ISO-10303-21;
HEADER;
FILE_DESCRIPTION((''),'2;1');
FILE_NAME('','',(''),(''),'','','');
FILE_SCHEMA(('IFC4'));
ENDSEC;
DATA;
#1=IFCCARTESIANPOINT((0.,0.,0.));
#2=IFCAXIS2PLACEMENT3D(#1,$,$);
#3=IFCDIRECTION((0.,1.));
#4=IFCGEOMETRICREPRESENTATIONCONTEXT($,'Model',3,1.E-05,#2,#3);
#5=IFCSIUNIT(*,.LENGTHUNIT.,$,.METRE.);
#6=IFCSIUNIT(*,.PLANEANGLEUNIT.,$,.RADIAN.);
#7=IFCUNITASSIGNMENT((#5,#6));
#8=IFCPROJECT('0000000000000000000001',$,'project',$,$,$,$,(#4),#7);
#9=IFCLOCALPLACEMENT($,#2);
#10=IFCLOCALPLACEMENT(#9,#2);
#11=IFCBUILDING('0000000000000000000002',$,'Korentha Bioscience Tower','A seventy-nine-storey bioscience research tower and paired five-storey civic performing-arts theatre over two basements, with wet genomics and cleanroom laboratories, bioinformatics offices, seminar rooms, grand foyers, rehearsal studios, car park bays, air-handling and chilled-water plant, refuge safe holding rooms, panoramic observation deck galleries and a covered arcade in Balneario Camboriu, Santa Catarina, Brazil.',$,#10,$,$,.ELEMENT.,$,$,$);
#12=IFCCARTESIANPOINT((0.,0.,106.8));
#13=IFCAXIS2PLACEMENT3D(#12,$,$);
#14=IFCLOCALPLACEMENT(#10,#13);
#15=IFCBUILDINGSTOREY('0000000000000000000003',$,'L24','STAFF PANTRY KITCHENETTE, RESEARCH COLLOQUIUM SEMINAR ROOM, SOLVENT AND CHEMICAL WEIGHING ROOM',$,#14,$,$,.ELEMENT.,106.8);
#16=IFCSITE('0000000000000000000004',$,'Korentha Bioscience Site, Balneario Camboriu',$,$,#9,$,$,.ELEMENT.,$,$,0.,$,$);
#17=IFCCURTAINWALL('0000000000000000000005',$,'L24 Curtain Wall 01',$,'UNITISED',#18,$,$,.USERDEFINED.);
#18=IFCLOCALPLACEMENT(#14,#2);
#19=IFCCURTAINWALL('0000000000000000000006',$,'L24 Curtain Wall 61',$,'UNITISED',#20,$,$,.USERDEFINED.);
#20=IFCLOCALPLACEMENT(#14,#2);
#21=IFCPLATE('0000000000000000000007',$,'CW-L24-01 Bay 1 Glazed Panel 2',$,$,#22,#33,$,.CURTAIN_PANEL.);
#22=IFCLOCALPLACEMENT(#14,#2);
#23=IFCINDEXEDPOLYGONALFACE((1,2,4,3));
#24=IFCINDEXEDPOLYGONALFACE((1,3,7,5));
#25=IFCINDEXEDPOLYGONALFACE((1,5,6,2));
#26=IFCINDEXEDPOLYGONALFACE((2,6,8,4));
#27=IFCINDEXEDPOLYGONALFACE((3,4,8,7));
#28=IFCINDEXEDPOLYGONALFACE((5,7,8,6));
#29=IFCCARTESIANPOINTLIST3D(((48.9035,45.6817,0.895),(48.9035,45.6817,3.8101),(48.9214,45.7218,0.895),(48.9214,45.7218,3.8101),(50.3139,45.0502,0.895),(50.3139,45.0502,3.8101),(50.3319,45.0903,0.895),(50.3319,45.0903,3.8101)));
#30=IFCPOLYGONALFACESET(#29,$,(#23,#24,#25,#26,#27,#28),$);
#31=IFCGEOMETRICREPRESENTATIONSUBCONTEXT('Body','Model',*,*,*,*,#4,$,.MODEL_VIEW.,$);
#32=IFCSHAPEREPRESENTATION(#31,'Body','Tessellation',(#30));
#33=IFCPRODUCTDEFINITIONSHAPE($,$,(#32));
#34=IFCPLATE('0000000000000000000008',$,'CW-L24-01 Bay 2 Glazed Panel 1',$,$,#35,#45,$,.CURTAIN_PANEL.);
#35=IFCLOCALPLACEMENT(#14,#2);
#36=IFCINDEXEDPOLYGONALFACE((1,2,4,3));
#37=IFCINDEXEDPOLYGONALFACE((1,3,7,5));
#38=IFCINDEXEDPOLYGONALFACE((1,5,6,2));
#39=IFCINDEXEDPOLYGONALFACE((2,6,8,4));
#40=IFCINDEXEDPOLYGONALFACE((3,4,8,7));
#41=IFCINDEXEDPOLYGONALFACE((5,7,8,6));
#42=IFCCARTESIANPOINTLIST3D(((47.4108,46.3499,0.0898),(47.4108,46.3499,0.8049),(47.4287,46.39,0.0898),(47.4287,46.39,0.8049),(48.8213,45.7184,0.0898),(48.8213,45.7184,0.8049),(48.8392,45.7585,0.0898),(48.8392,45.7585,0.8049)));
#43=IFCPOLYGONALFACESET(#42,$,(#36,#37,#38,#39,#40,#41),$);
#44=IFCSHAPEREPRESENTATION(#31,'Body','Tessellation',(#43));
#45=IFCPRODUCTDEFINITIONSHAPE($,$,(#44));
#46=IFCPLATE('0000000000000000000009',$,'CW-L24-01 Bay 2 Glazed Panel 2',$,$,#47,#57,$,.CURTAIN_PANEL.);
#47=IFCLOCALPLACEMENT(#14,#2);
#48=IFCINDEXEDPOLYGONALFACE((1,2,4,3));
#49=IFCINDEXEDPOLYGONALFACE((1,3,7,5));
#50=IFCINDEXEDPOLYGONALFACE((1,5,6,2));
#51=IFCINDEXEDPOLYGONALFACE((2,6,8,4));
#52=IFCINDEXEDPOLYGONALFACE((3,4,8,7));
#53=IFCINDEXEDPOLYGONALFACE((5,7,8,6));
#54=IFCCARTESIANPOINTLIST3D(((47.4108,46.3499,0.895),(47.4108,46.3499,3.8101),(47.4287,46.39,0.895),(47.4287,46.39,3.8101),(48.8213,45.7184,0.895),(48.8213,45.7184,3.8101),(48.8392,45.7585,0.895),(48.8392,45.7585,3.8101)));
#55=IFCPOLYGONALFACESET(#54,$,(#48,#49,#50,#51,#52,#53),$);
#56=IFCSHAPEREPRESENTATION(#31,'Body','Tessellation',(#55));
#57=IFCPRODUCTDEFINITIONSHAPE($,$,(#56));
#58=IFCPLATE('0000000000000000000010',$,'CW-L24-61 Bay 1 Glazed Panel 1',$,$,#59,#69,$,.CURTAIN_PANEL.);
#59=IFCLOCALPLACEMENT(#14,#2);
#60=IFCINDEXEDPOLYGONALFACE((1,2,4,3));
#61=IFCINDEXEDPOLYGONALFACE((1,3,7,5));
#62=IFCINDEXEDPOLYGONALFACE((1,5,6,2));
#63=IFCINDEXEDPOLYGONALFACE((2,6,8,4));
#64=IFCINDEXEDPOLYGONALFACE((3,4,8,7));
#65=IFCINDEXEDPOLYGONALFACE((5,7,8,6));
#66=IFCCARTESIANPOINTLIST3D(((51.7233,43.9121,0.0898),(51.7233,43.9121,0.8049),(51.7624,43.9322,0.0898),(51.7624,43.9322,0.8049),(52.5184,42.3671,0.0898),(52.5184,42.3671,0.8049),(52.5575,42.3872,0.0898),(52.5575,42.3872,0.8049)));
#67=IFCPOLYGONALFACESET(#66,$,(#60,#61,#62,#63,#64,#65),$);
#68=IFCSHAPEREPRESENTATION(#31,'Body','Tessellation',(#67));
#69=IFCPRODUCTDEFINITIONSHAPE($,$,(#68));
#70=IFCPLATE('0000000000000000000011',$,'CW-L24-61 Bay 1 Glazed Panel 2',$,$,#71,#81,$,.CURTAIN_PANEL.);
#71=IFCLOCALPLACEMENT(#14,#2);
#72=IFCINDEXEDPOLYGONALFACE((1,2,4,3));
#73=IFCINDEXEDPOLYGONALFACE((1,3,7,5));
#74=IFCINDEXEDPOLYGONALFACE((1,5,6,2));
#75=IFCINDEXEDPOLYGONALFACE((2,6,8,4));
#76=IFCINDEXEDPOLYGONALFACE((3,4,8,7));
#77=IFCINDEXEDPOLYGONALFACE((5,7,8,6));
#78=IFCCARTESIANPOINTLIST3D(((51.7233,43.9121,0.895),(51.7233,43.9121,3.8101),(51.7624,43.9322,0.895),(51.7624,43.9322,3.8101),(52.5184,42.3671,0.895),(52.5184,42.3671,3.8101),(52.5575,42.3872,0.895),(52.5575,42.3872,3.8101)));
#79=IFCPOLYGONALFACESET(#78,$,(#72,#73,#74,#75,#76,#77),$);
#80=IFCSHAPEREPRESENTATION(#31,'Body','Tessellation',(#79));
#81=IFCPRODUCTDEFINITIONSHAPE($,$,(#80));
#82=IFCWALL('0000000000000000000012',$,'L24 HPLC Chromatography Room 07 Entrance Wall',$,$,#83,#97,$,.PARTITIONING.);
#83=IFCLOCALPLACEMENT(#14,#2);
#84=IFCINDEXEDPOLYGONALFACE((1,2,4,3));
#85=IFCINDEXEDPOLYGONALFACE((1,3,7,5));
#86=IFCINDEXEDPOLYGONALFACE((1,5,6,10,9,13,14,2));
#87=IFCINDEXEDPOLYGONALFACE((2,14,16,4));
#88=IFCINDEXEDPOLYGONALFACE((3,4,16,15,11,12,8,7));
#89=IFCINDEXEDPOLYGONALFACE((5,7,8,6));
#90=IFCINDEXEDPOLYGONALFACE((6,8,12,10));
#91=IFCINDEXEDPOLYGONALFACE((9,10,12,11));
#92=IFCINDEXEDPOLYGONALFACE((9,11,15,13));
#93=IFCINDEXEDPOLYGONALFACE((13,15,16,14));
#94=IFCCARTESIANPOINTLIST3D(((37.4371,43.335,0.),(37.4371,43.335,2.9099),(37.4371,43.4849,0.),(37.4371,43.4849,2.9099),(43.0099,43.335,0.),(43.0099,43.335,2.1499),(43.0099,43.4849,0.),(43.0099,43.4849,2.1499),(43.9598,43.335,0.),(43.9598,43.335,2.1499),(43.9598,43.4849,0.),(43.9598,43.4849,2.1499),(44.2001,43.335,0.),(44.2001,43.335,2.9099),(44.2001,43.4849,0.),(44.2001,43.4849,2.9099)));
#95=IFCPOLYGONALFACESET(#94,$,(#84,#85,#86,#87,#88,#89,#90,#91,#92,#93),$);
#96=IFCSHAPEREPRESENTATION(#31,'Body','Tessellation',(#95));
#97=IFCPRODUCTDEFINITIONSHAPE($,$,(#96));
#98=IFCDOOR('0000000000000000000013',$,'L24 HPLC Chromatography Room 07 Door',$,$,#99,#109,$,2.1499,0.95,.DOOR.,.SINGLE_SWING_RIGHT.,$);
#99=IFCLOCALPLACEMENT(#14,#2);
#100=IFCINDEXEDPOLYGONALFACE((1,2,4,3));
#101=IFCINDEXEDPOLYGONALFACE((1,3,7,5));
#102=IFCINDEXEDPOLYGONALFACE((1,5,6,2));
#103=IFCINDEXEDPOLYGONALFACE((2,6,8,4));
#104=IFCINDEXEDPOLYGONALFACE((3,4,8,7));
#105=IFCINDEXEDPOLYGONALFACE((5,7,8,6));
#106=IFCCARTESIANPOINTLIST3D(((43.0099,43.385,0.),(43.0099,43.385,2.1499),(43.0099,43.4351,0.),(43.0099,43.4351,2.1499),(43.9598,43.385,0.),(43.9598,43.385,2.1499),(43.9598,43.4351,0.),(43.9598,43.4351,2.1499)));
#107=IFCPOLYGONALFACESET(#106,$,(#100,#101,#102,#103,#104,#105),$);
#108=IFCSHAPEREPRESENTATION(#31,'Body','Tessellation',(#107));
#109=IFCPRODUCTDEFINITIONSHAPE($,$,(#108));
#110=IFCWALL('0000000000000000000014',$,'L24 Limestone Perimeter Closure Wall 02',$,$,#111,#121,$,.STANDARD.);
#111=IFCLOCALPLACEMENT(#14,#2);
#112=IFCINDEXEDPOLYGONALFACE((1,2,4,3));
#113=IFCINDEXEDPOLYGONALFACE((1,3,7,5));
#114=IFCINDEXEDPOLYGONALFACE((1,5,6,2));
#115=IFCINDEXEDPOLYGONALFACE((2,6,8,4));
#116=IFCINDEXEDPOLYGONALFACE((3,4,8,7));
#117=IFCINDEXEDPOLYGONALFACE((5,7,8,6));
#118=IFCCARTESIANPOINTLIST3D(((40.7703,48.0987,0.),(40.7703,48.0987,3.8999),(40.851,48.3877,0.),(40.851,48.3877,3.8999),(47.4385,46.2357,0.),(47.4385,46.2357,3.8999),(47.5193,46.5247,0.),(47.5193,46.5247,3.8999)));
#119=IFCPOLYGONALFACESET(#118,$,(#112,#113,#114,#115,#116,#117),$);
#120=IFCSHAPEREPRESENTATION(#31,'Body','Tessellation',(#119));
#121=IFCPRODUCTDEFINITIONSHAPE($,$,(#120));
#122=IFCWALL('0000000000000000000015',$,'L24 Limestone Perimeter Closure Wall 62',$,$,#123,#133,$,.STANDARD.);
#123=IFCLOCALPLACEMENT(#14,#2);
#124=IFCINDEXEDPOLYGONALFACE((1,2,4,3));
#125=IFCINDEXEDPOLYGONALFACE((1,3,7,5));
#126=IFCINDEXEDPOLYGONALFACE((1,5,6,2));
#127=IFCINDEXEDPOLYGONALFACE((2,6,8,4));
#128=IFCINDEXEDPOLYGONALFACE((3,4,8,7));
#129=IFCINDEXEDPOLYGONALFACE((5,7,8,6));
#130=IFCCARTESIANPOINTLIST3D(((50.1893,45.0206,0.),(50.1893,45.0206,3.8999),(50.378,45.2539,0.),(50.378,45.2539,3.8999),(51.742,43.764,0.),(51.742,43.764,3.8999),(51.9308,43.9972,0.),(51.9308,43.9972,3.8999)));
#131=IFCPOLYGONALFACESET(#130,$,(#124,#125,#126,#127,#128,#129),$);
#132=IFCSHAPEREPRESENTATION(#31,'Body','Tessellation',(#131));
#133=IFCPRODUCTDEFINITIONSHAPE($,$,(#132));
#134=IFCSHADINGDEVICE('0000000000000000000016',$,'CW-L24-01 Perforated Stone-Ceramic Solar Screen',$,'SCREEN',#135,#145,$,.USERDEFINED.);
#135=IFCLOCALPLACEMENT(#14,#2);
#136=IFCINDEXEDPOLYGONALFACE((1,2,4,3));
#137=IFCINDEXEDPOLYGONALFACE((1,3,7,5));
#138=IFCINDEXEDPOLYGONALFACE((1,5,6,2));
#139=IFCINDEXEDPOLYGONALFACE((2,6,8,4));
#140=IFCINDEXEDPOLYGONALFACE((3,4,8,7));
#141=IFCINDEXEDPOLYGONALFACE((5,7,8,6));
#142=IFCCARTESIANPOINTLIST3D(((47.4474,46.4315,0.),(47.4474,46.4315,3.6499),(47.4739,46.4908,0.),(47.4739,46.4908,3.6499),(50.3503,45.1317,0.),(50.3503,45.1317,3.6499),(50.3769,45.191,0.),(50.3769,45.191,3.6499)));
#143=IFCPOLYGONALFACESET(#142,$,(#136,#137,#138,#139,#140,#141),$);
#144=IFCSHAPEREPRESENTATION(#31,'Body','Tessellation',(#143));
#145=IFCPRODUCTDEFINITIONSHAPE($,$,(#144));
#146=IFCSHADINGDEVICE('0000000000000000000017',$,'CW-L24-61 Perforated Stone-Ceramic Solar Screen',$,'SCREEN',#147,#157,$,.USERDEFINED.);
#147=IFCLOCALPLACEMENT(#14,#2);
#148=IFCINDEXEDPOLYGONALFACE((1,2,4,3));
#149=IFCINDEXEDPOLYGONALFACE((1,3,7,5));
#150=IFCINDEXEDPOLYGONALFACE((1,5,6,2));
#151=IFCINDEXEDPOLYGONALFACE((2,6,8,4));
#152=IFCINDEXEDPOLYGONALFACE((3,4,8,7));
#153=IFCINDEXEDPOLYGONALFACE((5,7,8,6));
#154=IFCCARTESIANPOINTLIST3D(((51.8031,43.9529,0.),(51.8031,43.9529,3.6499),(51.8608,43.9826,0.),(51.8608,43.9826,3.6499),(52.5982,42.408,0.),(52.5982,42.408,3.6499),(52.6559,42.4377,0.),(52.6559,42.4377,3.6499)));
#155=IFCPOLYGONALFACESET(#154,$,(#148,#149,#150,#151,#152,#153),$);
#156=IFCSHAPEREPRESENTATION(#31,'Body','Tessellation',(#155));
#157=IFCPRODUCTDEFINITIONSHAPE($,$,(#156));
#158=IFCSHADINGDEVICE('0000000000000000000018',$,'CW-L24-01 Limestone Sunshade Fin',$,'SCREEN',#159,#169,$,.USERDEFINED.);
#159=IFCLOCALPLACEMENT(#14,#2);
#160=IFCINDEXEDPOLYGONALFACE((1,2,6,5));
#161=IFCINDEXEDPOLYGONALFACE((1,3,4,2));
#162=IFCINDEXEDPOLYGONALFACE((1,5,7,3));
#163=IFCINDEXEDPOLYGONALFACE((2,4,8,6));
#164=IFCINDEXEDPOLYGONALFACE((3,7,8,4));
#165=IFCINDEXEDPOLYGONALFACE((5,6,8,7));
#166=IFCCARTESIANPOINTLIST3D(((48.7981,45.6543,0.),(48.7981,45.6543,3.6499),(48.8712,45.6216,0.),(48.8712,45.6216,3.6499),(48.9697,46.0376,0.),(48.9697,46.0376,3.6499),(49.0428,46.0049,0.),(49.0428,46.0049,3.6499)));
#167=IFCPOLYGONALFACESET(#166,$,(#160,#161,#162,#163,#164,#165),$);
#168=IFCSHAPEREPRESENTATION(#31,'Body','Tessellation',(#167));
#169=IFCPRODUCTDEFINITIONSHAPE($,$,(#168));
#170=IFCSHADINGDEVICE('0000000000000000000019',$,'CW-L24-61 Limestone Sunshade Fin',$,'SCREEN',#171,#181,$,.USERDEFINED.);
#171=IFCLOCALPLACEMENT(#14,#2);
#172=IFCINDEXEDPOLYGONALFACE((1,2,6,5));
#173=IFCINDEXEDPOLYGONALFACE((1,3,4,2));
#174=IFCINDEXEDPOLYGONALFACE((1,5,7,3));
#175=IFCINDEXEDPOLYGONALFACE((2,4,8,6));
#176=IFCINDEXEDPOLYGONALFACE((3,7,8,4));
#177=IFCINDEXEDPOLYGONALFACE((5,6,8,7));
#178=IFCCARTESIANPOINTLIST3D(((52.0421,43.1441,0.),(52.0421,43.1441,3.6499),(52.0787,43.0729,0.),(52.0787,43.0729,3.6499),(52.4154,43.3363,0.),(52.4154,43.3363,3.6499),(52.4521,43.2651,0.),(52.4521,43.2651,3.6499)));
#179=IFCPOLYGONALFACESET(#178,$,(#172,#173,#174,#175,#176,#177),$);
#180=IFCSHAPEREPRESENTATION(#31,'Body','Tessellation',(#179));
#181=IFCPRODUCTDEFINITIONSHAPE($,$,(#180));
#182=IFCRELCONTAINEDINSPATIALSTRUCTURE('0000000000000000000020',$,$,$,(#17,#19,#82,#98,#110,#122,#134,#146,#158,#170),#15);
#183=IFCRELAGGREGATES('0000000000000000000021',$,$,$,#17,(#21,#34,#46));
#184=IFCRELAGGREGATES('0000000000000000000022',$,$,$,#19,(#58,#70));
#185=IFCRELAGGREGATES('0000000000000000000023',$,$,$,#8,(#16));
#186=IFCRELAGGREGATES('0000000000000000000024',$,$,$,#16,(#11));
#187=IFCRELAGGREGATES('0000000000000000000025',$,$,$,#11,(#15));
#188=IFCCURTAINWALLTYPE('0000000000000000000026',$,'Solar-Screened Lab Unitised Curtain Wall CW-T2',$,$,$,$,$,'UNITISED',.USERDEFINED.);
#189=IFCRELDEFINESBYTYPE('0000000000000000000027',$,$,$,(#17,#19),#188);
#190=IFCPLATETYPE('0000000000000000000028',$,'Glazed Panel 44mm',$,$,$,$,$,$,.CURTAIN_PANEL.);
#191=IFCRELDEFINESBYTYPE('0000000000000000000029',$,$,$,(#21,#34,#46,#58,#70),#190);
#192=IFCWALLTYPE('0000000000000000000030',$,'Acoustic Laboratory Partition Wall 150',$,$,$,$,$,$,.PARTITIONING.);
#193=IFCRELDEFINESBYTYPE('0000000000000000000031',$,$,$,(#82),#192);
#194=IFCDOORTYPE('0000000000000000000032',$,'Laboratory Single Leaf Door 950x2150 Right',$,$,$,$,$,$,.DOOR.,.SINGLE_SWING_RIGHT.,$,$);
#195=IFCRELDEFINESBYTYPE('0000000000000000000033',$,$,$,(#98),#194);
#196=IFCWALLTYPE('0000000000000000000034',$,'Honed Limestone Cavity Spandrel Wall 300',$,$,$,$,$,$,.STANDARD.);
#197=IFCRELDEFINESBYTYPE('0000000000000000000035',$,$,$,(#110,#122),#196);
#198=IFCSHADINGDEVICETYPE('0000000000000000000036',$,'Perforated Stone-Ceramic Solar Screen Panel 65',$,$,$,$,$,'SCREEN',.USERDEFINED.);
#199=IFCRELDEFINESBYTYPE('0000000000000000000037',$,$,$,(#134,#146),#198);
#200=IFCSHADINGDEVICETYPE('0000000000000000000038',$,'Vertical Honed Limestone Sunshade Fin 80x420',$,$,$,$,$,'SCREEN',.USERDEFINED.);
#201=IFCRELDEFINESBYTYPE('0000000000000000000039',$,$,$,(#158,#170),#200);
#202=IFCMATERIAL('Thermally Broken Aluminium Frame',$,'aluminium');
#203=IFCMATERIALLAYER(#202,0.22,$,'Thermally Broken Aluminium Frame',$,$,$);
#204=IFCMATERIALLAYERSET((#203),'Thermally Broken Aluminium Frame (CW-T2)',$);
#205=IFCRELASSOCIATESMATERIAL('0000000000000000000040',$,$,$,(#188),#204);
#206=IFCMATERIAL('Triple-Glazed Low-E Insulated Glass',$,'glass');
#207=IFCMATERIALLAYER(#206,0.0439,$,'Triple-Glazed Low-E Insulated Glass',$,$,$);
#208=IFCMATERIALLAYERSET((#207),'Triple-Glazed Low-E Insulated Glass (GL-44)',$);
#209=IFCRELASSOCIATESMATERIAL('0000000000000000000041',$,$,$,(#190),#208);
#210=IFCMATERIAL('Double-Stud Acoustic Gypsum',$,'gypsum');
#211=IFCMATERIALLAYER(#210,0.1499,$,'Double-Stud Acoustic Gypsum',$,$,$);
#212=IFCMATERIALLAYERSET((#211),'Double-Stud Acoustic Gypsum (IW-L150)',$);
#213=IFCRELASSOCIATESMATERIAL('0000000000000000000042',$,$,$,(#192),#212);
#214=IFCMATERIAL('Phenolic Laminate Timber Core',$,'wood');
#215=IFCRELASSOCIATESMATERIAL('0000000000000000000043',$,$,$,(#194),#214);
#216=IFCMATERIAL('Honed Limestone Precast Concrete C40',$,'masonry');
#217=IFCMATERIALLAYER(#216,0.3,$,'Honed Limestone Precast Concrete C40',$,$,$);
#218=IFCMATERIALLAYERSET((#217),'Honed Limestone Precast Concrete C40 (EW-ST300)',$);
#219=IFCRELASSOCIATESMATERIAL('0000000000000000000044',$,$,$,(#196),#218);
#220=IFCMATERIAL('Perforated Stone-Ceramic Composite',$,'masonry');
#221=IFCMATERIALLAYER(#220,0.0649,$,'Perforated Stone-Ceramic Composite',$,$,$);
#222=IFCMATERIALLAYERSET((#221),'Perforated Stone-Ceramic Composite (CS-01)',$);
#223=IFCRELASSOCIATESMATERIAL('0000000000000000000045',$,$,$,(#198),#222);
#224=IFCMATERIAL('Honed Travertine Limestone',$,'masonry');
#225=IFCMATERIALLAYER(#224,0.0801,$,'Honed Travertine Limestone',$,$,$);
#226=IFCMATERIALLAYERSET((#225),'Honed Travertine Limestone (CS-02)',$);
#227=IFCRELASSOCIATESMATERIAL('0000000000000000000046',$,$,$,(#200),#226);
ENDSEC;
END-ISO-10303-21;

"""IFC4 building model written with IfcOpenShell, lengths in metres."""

from ifc_helpers import new_model, si_unit, direction, frame, frame_2d, origin, origin_2d, place, context, subcontext, project, spatial, rectangle, extrude, material, layer, layer_set, type_object, element, fill, aggregate, save


model = new_model("IFC4")

# Units and contexts
model_context = context("Model", 3, precision=1e-05, world=origin(), true_north=direction((0.0, 1.0)))
body_context = subcontext(model_context, "Body", "Model", "MODEL_VIEW")
ifc_project = project(units=[si_unit("LENGTHUNIT", "METRE"), si_unit("PLANEANGLEUNIT", "RADIAN")], contexts=[model_context])

# Site, building, storey
site_placement = place(None, origin())
site = spatial("IfcSite", under=ifc_project, at=site_placement, Name="Korentha Bioscience Site, Balneario Camboriu", CompositionType="ELEMENT", RefElevation=0.0)
building_placement = place(site_placement, origin())
building = spatial("IfcBuilding", under=site, at=building_placement, Name="Korentha Bioscience Tower", Description="A seventy-nine-storey bioscience research tower and paired five-storey civic performing-arts theatre over two basements, with wet genomics and cleanroom laboratories, bioinformatics offices, seminar rooms, grand foyers, rehearsal studios, car park bays, air-handling and chilled-water plant, refuge safe holding rooms, panoramic observation deck galleries and a covered arcade in Balneario Camboriu, Santa Catarina, Brazil.", CompositionType="ELEMENT")
storey_placement = place(building_placement, frame((0.0, 0.0, 106.8)))
storey = spatial("IfcBuildingStorey", under=building, at=storey_placement, Name="L24", Description="STAFF PANTRY KITCHENETTE, RESEARCH COLLOQUIUM SEMINAR ROOM, SOLVENT AND CHEMICAL WEIGHING ROOM", CompositionType="ELEMENT", Elevation=106.8)

# Curtain wall
ifc_material_1 = material(Name="Thermally Broken Aluminium Frame", Category="aluminium")
ifc_layer_1 = layer(ifc_material_1, 0.22, Name="Thermally Broken Aluminium Frame")
ifc_layer_set_1 = layer_set([ifc_layer_1], Name="Thermally Broken Aluminium Frame (CW-T2)")
curtain_wall_type = type_object("IfcCurtainWallType", Name="Solar-Screened Lab Unitised Curtain Wall CW-T2", ElementType="UNITISED", PredefinedType="USERDEFINED", material=ifc_layer_set_1)
curtain_wall_1_placement = place(storey_placement, origin())
curtain_wall_1 = element("IfcCurtainWall", 1, at=curtain_wall_1_placement, inside=storey, type_object=curtain_wall_type, Name="L24 Curtain Wall 01", ObjectType="UNITISED", PredefinedType="USERDEFINED")

# Curtain wall
curtain_wall_2_placement = place(storey_placement, origin())
curtain_wall_2 = element("IfcCurtainWall", 2, at=curtain_wall_2_placement, inside=storey, type_object=curtain_wall_type, Name="L24 Curtain Wall 61", ObjectType="UNITISED", PredefinedType="USERDEFINED")

# Plates
ifc_material_2 = material(Name="Triple-Glazed Low-E Insulated Glass", Category="glass")
ifc_layer_2 = layer(ifc_material_2, 0.0439, Name="Triple-Glazed Low-E Insulated Glass")
ifc_layer_set_2 = layer_set([ifc_layer_2], Name="Triple-Glazed Low-E Insulated Glass (GL-44)")
plate_type = type_object("IfcPlateType", Name="Glazed Panel 44mm", PredefinedType="CURTAIN_PANEL", material=ifc_layer_set_2)
plate_1_placement = place(storey_placement, frame((49.6177, 45.386, 0.895), z_axis=(0.0, 0.0, 1.0), x_axis=(-0.912687, 0.40866, 0.0)))
plate_1 = element("IfcPlate", 3, at=plate_1_placement, type_object=plate_type, Name="CW-L24-01 Bay 1 Glazed Panel 2", PredefinedType="CURTAIN_PANEL", context=body_context, shape_type="SweptSolid", body=[
    extrude(rectangle(XDim=1.5454, YDim=0.0439, at=origin_2d()), origin(), (0.0, 0.0, 1.0), 2.915),
])
plate_2_placement = place(storey_placement, frame((48.125, 46.0542, 0.0898), z_axis=(0.0, 0.0, 1.0), x_axis=(-0.912687, 0.40866, 0.0)))
plate_2 = element("IfcPlate", 4, at=plate_2_placement, type_object=plate_type, Name="CW-L24-01 Bay 2 Glazed Panel 1", PredefinedType="CURTAIN_PANEL", context=body_context, shape_type="SweptSolid", body=[
    extrude(rectangle(XDim=1.5454, YDim=0.0439, at=origin_2d()), origin(), (0.0, 0.0, 1.0), 0.7151),
])
plate_3_placement = place(storey_placement, frame((48.125, 46.0542, 0.895), z_axis=(0.0, 0.0, 1.0), x_axis=(-0.912687, 0.40866, 0.0)))
plate_3 = element("IfcPlate", 5, at=plate_3_placement, type_object=plate_type, Name="CW-L24-01 Bay 2 Glazed Panel 2", PredefinedType="CURTAIN_PANEL", context=body_context, shape_type="SweptSolid", body=[
    extrude(rectangle(XDim=1.5454, YDim=0.0439, at=origin_2d()), origin(), (0.0, 0.0, 1.0), 2.915),
])
aggregate(curtain_wall_1, [plate_1, plate_2, plate_3])
plate_4_placement = place(storey_placement, frame((52.1404, 43.1497, 0.0898), z_axis=(0.0, 0.0, 1.0), x_axis=(-0.457613, 0.889151, 0.0)))
plate_4 = element("IfcPlate", 6, at=plate_4_placement, type_object=plate_type, Name="CW-L24-61 Bay 1 Glazed Panel 1", PredefinedType="CURTAIN_PANEL", context=body_context, shape_type="SweptSolid", body=[
    extrude(rectangle(XDim=1.7375, YDim=0.0439, at=origin_2d()), origin(), (0.0, 0.0, 1.0), 0.7151),
])
plate_5_placement = place(storey_placement, frame((52.1404, 43.1497, 0.895), z_axis=(0.0, 0.0, 1.0), x_axis=(-0.457613, 0.889151, 0.0)))
plate_5 = element("IfcPlate", 7, at=plate_5_placement, type_object=plate_type, Name="CW-L24-61 Bay 1 Glazed Panel 2", PredefinedType="CURTAIN_PANEL", context=body_context, shape_type="SweptSolid", body=[
    extrude(rectangle(XDim=1.7375, YDim=0.0439, at=origin_2d()), origin(), (0.0, 0.0, 1.0), 2.915),
])
aggregate(curtain_wall_2, [plate_4, plate_5])

# Wall, opening, door
ifc_material_3 = material(Name="Double-Stud Acoustic Gypsum", Category="gypsum")
ifc_layer_3 = layer(ifc_material_3, 0.1499, Name="Double-Stud Acoustic Gypsum")
ifc_layer_set_3 = layer_set([ifc_layer_3], Name="Double-Stud Acoustic Gypsum (IW-L150)")
wall_type_1 = type_object("IfcWallType", Name="Acoustic Laboratory Partition Wall 150", PredefinedType="PARTITIONING", material=ifc_layer_set_3)
wall_1_placement = place(storey_placement, frame((44.2, 43.4099, 0.0), z_axis=(0.0, 0.0, 1.0), x_axis=(-1.0, 0.0, 0.0)))
wall_1 = element("IfcWall", 8, at=wall_1_placement, inside=storey, type_object=wall_type_1, Name="L24 HPLC Chromatography Room 07 Entrance Wall", PredefinedType="PARTITIONING", context=body_context, shape_type="SweptSolid", body=[
    extrude(rectangle(XDim=6.7629, YDim=0.1499, at=frame_2d((3.3813, 0.0))), origin(), (0.0, 0.0, 1.0), 2.9099),
])
opening_placement = place(wall_1_placement, frame((0.24, 0.0, 0.0)))
opening = element("IfcOpeningElement", 9, at=opening_placement, cuts=wall_1, PredefinedType="OPENING", context=body_context, shape_type="SweptSolid", body=[
    extrude(rectangle(XDim=0.95, YDim=2.1499, at=frame_2d((0.4751, 1.075))), frame((0.0, 0.0898, 0.0), z_axis=(0.0, -1.0, 0.0), x_axis=(1.0, 0.0, 0.0)), (0.0, 0.0, 1.0), 0.1797),
])
ifc_material_4 = material(Name="Phenolic Laminate Timber Core", Category="wood")
door_type = type_object("IfcDoorType", Name="Laboratory Single Leaf Door 950x2150 Right", OperationType="SINGLE_SWING_RIGHT", PredefinedType="DOOR", material=ifc_material_4)
door_placement = place(opening_placement, origin())
door = element("IfcDoor", 10, at=door_placement, inside=storey, type_object=door_type, Name="L24 HPLC Chromatography Room 07 Door", OperationType="SINGLE_SWING_RIGHT", OverallHeight=2.1499, OverallWidth=0.95, PredefinedType="DOOR", context=body_context, shape_type="SweptSolid", body=[
    extrude(rectangle(XDim=0.95, YDim=2.1499, at=frame_2d((0.4751, 1.075))), frame((0.0, 0.0249, 0.0), z_axis=(0.0, -1.0, 0.0), x_axis=(1.0, 0.0, 0.0)), (0.0, 0.0, 1.0), 0.05),
])
fill(opening, door)

# Walls
ifc_material_5 = material(Name="Honed Limestone Precast Concrete C40", Category="masonry")
ifc_layer_4 = layer(ifc_material_5, 0.3, Name="Honed Limestone Precast Concrete C40")
ifc_layer_set_4 = layer_set([ifc_layer_4], Name="Honed Limestone Precast Concrete C40 (EW-ST300)")
wall_type_2 = type_object("IfcWallType", Name="Honed Limestone Cavity Spandrel Wall 300", PredefinedType="STANDARD", material=ifc_layer_set_4)
wall_2_placement = place(storey_placement, frame((47.479, 46.3801, 0.0), z_axis=(0.0, 0.0, 1.0), x_axis=(-0.963116, 0.269086, 0.0)))
element("IfcWall", 11, at=wall_2_placement, inside=storey, type_object=wall_type_2, Name="L24 Limestone Perimeter Closure Wall 02", PredefinedType="STANDARD", context=body_context, shape_type="SweptSolid", body=[
    extrude(rectangle(XDim=6.9236, YDim=0.3, at=frame_2d((3.4619, 0.0))), origin(), (0.0, 0.0, 1.0), 3.8999),
])
wall_3_placement = place(storey_placement, frame((51.8364, 43.8806, 0.0), z_axis=(0.0, 0.0, 1.0), x_axis=(-0.777339, 0.629082, 0.0)))
element("IfcWall", 12, at=wall_3_placement, inside=storey, type_object=wall_type_2, Name="L24 Limestone Perimeter Closure Wall 62", PredefinedType="STANDARD", context=body_context, shape_type="SweptSolid", body=[
    extrude(rectangle(XDim=1.9976, YDim=0.3, at=frame_2d((0.9988, 0.0))), origin(), (0.0, 0.0, 1.0), 3.8999),
])

# Shading devices
ifc_material_6 = material(Name="Perforated Stone-Ceramic Composite", Category="masonry")
ifc_layer_5 = layer(ifc_material_6, 0.0649, Name="Perforated Stone-Ceramic Composite")
ifc_layer_set_5 = layer_set([ifc_layer_5], Name="Perforated Stone-Ceramic Composite (CS-01)")
shading_device_type_1 = type_object("IfcShadingDeviceType", Name="Perforated Stone-Ceramic Solar Screen Panel 65", ElementType="SCREEN", PredefinedType="USERDEFINED", material=ifc_layer_set_5)
shading_device_1_placement = place(storey_placement, frame((48.9121, 45.8113, 0.0), z_axis=(0.0, 0.0, 1.0), x_axis=(-0.912687, 0.40866, 0.0)))
element("IfcShadingDevice", 13, at=shading_device_1_placement, inside=storey, type_object=shading_device_type_1, Name="CW-L24-01 Perforated Stone-Ceramic Solar Screen", ObjectType="SCREEN", PredefinedType="USERDEFINED", context=body_context, shape_type="SweptSolid", body=[
    extrude(rectangle(XDim=3.1807, YDim=0.0649, at=origin_2d()), origin(), (0.0, 0.0, 1.0), 3.6499),
])
shading_device_2_placement = place(storey_placement, frame((52.2295, 43.1953, 0.0), z_axis=(0.0, 0.0, 1.0), x_axis=(-0.457613, 0.889151, 0.0)))
element("IfcShadingDevice", 14, at=shading_device_2_placement, inside=storey, type_object=shading_device_type_1, Name="CW-L24-61 Perforated Stone-Ceramic Solar Screen", ObjectType="SCREEN", PredefinedType="USERDEFINED", context=body_context, shape_type="SweptSolid", body=[
    extrude(rectangle(XDim=1.7375, YDim=0.0649, at=origin_2d()), origin(), (0.0, 0.0, 1.0), 3.6499),
])
ifc_material_7 = material(Name="Honed Travertine Limestone", Category="masonry")
ifc_layer_6 = layer(ifc_material_7, 0.0801, Name="Honed Travertine Limestone")
ifc_layer_set_6 = layer_set([ifc_layer_6], Name="Honed Travertine Limestone (CS-02)")
shading_device_type_2 = type_object("IfcShadingDeviceType", Name="Vertical Honed Limestone Sunshade Fin 80x420", ElementType="SCREEN", PredefinedType="USERDEFINED", material=ifc_layer_set_6)
for number, where, z_axis, x_axis, name in (
    (15, (48.9204, 45.8296, 0.0), (0.0, 0.0, 1.0), (-0.912687, 0.40866, 0.0), "CW-L24-01 Limestone Sunshade Fin"),
    (16, (52.2471, 43.2046, 0.0), (0.0, 0.0, 1.0), (-0.457613, 0.889151, 0.0), "CW-L24-61 Limestone Sunshade Fin"),
):
    element("IfcShadingDevice", number, at=place(storey_placement, frame(where, z_axis=z_axis, x_axis=x_axis)), inside=storey, type_object=shading_device_type_2, Name=name, ObjectType="SCREEN", PredefinedType="USERDEFINED", context=body_context, shape_type="SweptSolid", body=[
        extrude(rectangle(XDim=0.0801, YDim=0.4199, at=origin_2d()), origin(), (0.0, 0.0, 1.0), 3.6499),
    ])

save(model, "model.ifc")
